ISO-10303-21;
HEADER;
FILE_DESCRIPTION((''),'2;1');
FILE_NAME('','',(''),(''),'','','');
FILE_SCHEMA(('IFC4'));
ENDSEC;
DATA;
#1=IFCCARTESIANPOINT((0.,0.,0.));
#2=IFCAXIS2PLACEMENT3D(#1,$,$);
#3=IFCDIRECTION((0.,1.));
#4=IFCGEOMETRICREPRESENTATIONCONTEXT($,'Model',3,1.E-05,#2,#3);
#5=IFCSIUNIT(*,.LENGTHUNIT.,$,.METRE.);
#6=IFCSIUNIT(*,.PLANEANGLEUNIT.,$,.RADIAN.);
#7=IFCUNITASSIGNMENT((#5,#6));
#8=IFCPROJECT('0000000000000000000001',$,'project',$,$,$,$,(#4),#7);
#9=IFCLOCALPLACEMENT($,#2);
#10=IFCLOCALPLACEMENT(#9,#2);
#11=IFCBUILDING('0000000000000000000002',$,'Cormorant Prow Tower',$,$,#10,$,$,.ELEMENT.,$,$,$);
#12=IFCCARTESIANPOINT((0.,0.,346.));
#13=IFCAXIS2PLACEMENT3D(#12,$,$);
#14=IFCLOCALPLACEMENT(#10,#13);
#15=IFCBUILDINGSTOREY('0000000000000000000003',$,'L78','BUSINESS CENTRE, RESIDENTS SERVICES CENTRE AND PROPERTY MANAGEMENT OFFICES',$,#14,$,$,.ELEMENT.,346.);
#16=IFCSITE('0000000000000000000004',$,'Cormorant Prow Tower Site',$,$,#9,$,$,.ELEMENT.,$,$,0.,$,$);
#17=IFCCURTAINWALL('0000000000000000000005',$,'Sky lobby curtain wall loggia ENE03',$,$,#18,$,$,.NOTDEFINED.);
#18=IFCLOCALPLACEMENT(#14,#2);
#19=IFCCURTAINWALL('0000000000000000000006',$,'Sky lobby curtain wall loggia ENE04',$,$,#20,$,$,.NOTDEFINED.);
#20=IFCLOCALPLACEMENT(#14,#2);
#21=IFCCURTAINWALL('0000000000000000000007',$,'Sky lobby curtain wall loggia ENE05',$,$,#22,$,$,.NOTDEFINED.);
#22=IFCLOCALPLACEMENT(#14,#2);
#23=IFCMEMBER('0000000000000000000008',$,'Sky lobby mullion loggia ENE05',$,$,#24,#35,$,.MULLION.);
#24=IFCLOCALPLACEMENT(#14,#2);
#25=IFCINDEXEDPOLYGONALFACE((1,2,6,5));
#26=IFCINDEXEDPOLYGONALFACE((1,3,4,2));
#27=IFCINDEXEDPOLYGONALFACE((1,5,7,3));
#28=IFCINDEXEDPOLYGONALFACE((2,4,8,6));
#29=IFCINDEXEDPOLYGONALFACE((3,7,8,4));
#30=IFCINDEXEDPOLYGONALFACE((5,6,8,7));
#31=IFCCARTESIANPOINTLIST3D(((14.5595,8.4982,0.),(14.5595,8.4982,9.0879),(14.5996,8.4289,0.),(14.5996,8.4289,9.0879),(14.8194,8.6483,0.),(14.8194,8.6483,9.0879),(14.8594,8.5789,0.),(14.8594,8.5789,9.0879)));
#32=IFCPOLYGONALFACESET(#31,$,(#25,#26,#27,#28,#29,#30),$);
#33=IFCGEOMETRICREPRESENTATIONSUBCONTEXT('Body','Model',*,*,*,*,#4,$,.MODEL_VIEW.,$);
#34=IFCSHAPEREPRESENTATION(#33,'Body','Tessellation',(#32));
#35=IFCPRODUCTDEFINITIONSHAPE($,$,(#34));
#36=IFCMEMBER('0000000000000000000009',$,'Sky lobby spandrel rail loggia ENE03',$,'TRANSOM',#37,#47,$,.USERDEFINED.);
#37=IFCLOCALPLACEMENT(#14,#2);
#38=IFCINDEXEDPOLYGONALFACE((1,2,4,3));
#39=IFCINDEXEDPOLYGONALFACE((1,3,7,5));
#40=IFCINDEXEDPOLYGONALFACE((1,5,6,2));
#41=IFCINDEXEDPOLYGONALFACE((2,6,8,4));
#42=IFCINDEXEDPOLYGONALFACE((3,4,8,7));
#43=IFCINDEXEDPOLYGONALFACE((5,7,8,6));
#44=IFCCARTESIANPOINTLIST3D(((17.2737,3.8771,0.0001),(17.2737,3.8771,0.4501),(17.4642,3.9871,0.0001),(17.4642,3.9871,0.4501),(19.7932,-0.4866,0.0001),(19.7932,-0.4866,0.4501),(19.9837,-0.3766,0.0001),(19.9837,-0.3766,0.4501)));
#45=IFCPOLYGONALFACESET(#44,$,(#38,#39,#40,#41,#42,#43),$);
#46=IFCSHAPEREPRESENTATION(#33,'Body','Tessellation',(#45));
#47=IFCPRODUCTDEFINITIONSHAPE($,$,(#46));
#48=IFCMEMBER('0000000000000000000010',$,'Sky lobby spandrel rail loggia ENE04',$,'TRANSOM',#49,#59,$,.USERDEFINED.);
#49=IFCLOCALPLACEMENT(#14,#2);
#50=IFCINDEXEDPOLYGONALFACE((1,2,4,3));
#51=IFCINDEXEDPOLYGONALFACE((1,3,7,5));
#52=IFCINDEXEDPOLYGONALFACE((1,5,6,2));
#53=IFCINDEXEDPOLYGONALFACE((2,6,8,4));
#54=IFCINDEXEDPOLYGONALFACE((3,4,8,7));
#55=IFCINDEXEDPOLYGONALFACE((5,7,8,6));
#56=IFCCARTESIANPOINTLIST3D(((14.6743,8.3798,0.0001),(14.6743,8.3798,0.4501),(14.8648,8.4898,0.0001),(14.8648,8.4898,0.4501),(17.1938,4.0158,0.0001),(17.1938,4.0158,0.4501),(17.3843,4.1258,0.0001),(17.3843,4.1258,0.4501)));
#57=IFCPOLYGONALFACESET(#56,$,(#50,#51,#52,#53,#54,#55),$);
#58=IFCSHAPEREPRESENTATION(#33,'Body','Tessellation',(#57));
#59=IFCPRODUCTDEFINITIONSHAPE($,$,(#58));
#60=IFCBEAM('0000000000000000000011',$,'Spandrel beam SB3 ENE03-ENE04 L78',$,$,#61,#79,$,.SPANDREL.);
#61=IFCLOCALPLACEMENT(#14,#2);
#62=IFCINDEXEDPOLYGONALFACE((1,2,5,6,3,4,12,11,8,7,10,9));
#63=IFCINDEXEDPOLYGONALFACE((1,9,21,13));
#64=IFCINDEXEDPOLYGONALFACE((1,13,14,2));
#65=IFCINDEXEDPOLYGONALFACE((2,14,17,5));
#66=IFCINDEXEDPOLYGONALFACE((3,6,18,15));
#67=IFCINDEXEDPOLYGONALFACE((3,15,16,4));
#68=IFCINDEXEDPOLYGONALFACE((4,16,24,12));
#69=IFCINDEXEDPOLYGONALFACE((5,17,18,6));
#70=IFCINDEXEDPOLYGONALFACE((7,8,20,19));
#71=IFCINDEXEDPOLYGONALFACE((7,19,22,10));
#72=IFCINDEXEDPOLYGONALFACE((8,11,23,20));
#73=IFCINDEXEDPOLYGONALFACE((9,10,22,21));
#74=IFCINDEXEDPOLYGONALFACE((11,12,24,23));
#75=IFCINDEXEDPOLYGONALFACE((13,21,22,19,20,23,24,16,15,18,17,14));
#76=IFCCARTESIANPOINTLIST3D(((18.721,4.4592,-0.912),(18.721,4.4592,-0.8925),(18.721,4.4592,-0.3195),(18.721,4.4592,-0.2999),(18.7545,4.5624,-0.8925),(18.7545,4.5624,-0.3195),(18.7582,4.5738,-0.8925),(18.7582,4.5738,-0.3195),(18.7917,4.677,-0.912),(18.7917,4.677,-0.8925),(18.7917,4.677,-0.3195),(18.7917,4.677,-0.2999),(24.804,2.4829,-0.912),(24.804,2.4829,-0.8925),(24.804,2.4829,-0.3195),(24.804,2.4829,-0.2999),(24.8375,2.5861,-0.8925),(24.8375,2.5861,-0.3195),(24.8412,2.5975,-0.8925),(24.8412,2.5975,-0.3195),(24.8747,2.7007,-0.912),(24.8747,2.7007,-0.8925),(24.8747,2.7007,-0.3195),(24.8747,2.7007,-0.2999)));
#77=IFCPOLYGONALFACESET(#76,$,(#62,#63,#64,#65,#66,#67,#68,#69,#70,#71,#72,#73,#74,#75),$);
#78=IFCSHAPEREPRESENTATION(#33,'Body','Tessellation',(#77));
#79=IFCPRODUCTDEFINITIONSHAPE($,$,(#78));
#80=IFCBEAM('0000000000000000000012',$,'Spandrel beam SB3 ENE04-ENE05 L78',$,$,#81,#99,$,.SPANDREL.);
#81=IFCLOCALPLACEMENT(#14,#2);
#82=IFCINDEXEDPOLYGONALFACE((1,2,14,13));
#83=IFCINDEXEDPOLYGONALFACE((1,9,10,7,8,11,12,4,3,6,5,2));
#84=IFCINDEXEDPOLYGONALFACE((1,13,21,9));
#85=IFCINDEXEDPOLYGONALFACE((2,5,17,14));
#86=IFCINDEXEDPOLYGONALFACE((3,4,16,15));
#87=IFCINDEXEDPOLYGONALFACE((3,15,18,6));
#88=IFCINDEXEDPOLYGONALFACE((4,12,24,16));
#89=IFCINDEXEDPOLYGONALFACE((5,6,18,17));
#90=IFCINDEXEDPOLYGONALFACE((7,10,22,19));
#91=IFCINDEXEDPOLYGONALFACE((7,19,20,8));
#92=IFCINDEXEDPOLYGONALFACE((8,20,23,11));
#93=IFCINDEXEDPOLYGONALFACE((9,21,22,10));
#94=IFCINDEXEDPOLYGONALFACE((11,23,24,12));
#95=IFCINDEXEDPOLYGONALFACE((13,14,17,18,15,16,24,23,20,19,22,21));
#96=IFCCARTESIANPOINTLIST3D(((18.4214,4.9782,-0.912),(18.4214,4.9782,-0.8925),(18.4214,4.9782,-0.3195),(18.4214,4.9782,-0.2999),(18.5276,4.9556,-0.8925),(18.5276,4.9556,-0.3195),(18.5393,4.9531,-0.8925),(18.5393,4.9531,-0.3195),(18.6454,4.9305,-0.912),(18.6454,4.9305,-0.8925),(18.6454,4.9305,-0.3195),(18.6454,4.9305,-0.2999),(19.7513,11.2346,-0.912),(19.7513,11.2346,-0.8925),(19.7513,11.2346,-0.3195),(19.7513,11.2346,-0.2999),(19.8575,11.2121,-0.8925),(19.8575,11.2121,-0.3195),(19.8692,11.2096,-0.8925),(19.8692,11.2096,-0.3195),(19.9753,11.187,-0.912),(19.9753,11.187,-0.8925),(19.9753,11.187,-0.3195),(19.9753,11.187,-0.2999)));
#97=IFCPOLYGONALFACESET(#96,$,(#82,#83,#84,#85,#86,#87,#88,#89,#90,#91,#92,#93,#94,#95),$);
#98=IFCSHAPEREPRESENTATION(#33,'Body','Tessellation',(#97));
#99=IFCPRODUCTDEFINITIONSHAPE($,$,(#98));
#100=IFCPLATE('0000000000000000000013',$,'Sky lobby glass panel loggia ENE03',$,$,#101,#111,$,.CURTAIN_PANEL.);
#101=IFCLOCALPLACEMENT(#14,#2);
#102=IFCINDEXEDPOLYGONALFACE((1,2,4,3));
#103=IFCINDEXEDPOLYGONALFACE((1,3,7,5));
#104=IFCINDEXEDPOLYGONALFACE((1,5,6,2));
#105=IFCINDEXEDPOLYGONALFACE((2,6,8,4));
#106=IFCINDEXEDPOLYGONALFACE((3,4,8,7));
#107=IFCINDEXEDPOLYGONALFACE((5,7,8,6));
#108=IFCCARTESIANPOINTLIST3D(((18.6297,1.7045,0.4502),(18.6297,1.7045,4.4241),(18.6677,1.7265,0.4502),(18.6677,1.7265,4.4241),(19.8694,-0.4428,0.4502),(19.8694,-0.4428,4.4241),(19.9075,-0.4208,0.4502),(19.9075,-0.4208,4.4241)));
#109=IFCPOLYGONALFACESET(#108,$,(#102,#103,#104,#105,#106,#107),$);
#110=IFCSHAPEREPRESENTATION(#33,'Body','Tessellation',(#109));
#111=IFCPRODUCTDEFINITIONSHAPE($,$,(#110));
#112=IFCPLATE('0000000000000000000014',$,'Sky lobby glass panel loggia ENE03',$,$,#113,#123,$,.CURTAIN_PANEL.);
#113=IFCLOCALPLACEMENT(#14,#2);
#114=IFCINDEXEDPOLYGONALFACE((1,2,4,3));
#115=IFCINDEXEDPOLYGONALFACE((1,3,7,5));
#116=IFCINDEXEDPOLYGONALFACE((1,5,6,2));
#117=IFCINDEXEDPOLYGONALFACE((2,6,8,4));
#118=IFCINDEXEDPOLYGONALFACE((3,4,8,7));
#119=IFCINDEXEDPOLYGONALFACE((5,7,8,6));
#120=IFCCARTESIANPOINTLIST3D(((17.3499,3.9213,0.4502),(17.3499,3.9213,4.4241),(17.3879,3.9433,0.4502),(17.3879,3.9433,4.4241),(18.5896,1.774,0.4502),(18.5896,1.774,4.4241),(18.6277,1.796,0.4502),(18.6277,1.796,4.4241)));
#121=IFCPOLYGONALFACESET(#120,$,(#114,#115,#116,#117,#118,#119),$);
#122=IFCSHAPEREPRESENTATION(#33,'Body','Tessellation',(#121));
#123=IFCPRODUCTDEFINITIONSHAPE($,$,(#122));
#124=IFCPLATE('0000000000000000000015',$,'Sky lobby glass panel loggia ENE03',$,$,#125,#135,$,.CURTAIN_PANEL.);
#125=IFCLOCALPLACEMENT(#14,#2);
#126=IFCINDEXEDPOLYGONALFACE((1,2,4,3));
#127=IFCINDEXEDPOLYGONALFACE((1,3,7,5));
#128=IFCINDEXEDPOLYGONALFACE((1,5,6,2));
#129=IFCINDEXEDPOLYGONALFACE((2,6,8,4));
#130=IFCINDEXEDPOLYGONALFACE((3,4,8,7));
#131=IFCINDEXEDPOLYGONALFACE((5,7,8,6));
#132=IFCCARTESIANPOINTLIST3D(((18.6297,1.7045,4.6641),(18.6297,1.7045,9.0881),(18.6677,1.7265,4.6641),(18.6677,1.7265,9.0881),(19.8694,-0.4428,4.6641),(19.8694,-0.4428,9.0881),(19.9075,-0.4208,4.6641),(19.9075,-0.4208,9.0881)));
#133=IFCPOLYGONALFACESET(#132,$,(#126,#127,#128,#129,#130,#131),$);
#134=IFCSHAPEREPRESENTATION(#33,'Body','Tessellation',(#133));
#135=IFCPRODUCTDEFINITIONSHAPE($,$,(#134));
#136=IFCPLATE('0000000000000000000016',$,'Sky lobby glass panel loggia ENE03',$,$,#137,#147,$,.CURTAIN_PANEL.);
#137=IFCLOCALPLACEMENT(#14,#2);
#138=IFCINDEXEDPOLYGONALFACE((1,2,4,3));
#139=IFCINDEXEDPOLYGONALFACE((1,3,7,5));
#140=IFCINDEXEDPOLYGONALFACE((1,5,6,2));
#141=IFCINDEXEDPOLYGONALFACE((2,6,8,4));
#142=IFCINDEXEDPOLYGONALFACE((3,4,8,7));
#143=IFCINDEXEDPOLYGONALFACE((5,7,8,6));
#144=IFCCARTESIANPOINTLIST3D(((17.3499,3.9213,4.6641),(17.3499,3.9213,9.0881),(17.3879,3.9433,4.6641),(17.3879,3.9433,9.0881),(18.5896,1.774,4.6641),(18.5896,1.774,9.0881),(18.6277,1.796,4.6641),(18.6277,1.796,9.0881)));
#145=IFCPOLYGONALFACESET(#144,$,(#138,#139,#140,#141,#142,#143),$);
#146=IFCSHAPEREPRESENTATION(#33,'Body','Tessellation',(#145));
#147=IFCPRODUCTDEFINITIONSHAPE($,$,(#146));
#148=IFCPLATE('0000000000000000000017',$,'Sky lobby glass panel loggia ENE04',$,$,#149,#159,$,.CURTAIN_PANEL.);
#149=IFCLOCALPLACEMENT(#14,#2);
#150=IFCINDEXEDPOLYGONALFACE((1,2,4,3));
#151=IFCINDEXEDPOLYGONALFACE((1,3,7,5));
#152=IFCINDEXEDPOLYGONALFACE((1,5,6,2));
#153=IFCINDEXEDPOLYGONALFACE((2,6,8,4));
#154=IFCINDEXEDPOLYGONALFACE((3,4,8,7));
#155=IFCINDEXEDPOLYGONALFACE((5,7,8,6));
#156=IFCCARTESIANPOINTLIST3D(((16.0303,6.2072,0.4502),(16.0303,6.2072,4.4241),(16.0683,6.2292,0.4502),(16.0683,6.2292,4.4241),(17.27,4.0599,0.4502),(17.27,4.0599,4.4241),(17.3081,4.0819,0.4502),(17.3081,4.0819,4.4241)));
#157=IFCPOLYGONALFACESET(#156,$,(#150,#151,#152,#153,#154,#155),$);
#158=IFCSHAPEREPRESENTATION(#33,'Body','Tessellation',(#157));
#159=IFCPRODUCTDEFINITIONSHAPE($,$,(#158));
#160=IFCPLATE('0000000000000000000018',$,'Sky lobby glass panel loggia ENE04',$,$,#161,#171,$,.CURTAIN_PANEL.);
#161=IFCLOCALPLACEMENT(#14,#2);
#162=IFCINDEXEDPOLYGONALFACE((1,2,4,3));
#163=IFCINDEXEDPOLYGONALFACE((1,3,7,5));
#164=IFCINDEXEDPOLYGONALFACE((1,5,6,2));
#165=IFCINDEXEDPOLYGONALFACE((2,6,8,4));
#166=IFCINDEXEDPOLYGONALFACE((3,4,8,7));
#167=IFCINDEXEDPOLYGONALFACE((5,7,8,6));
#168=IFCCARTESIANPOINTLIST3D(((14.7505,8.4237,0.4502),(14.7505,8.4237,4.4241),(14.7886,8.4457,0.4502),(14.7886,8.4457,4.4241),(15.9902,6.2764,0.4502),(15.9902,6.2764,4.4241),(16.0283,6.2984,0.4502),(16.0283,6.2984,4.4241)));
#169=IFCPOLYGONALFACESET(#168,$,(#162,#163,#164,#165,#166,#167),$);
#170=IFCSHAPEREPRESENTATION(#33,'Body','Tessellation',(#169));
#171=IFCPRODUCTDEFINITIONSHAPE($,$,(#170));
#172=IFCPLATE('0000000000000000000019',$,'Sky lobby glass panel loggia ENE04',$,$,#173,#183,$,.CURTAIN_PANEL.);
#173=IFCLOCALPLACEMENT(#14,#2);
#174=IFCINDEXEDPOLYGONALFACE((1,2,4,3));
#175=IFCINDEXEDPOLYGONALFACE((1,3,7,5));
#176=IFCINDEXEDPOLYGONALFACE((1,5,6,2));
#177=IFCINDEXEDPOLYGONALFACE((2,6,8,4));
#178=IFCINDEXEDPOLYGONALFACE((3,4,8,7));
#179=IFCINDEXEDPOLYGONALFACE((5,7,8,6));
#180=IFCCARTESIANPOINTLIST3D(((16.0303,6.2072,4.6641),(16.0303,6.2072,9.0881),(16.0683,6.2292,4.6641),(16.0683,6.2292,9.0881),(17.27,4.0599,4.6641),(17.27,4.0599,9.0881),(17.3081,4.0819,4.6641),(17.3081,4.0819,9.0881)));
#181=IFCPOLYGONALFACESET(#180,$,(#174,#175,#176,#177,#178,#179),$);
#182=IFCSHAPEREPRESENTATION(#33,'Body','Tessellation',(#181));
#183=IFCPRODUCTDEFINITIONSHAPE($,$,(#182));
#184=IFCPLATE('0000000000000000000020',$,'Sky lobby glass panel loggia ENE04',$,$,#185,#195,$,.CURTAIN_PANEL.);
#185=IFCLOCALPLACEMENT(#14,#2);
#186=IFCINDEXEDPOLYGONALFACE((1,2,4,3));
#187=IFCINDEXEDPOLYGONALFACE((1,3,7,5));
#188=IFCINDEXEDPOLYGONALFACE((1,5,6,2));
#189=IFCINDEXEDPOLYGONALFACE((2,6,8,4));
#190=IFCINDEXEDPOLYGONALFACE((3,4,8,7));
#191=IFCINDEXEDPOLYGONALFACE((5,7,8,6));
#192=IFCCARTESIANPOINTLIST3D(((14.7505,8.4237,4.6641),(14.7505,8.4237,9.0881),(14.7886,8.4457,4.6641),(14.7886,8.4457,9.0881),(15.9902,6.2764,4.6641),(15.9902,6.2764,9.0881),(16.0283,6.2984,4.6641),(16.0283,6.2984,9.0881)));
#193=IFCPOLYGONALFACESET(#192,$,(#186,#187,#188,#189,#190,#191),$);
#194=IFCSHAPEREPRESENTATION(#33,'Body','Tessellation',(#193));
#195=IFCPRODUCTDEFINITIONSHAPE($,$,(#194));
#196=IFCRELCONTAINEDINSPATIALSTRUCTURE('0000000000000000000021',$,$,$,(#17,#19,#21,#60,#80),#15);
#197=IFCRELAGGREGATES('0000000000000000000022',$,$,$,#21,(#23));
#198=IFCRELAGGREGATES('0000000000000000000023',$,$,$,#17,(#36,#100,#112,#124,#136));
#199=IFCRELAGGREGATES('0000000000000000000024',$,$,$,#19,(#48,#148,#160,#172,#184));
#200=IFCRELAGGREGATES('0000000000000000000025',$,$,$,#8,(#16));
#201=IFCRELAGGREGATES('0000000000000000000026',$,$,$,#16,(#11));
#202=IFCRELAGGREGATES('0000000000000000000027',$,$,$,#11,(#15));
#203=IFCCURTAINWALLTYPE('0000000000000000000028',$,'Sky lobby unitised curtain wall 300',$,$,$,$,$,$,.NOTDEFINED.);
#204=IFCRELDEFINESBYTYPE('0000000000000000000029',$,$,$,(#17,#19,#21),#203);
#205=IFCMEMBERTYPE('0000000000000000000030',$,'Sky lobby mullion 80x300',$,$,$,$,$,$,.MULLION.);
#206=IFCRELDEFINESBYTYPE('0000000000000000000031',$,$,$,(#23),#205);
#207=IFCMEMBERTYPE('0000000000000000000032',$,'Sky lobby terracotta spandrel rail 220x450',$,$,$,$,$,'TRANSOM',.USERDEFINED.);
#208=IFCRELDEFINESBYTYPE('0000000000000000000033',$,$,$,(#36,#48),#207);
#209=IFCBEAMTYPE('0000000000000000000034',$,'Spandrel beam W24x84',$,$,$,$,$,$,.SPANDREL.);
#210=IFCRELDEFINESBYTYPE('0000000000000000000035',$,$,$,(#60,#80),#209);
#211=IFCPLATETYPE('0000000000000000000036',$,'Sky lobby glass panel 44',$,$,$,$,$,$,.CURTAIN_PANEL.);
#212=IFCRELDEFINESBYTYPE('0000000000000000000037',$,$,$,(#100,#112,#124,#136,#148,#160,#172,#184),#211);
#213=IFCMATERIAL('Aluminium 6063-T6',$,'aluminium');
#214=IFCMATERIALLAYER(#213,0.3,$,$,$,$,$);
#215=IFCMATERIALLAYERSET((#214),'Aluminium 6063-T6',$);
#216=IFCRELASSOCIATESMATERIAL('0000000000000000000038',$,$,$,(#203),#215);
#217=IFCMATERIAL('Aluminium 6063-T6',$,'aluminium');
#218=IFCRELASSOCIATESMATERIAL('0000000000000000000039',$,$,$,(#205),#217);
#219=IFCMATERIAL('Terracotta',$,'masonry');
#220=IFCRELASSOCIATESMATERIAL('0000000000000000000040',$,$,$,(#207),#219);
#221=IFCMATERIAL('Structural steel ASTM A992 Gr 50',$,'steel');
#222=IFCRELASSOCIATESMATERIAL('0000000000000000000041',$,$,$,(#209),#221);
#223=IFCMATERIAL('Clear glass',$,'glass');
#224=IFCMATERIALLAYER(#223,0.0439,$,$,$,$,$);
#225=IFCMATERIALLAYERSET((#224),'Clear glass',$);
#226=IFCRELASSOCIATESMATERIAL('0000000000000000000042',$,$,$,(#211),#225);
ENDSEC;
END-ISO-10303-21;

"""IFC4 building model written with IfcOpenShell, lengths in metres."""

from ifc_helpers import new_model, si_unit, direction, frame, origin, origin_2d, place, context, subcontext, project, spatial, rectangle, i_section, extrude, material, layer, layer_set, material_profile, profile_set, type_object, element, aggregate, save


model = new_model("IFC4")

# Units and contexts
model_context = context("Model", 3, precision=1e-05, world=origin(), true_north=direction((0.0, 1.0)))
body_context = subcontext(model_context, "Body", "Model", "MODEL_VIEW")
ifc_project = project(units=[si_unit("LENGTHUNIT", "METRE"), si_unit("PLANEANGLEUNIT", "RADIAN")], contexts=[model_context])

# Site, building, storey
site_placement = place(None, origin())
site = spatial("IfcSite", under=ifc_project, at=site_placement, Name="Cormorant Prow Tower Site", CompositionType="ELEMENT", RefElevation=0.0)
building_placement = place(site_placement, origin())
building = spatial("IfcBuilding", under=site, at=building_placement, Name="Cormorant Prow Tower", CompositionType="ELEMENT")
storey_placement = place(building_placement, frame((0.0, 0.0, 346.0)))
storey = spatial("IfcBuildingStorey", under=building, at=storey_placement, Name="L78", Description="BUSINESS CENTRE, RESIDENTS SERVICES CENTRE AND PROPERTY MANAGEMENT OFFICES", CompositionType="ELEMENT", Elevation=346.0)

# Curtain walls
ifc_material_1 = material(Name="Aluminium 6063-T6", Category="aluminium")
ifc_layer_1 = layer(ifc_material_1, 0.3)
ifc_layer_set_1 = layer_set([ifc_layer_1], Name="Aluminium 6063-T6")
curtain_wall_type = type_object("IfcCurtainWallType", Name="Sky lobby unitised curtain wall 300", PredefinedType="NOTDEFINED", material=ifc_layer_set_1)
curtain_wall_1_placement = place(storey_placement, origin())
curtain_wall_1 = element("IfcCurtainWall", 1, at=curtain_wall_1_placement, inside=storey, type_object=curtain_wall_type, Name="Sky lobby curtain wall loggia ENE03", PredefinedType="NOTDEFINED")
curtain_wall_2_placement = place(storey_placement, origin())
curtain_wall_2 = element("IfcCurtainWall", 2, at=curtain_wall_2_placement, inside=storey, type_object=curtain_wall_type, Name="Sky lobby curtain wall loggia ENE04", PredefinedType="NOTDEFINED")

# Curtain wall
curtain_wall_3_placement = place(storey_placement, origin())
curtain_wall_3 = element("IfcCurtainWall", 3, at=curtain_wall_3_placement, inside=storey, type_object=curtain_wall_type, Name="Sky lobby curtain wall loggia ENE05", PredefinedType="NOTDEFINED")

# Members
ifc_material_2 = material(Name="Aluminium 6063-T6", Category="aluminium")
ifc_material_profile_1 = material_profile(ifc_material_2, rectangle(XDim=0.3, YDim=0.0801, at=origin_2d()), Name="Sky lobby mullion 80x300")
ifc_profile_set_1 = profile_set([ifc_material_profile_1], Name="Aluminium 6063-T6")
member_type_1 = type_object("IfcMemberType", Name="Sky lobby mullion 80x300", PredefinedType="MULLION", material=ifc_profile_set_1)
member_1_placement = place(storey_placement, frame((14.7095, 8.5386, 0.0), z_axis=(0.0, 0.0, 1.0), x_axis=(-0.866025, -0.5, 0.0)))
member_1 = element("IfcMember", 4, at=member_1_placement, type_object=member_type_1, Name="Sky lobby mullion loggia ENE05", PredefinedType="MULLION", context=body_context, shape_type="SweptSolid", body=[
    extrude(rectangle(XDim=0.3, YDim=0.0801, at=origin_2d()), origin(), (0.0, 0.0, 1.0), 9.0879),
])
aggregate(curtain_wall_3, [member_1])
ifc_material_3 = material(Name="Terracotta", Category="masonry")
ifc_material_profile_2 = material_profile(ifc_material_3, rectangle(XDim=0.22, YDim=0.45, at=origin_2d()), Name="Sky lobby terracotta spandrel rail 220x450")
ifc_profile_set_2 = profile_set([ifc_material_profile_2], Name="Terracotta")
member_type_2 = type_object("IfcMemberType", Name="Sky lobby terracotta spandrel rail 220x450", ElementType="TRANSOM", PredefinedType="USERDEFINED", material=ifc_profile_set_2)
member_2_placement = place(storey_placement, frame((19.8884, -0.4316, 0.2251), z_axis=(-0.500016, 0.866016, 0.0), x_axis=(-0.866016, -0.500016, 0.0)))
member_2 = element("IfcMember", 5, at=member_2_placement, type_object=member_type_2, Name="Sky lobby spandrel rail loggia ENE03", ObjectType="TRANSOM", PredefinedType="USERDEFINED", context=body_context, shape_type="SweptSolid", body=[
    extrude(rectangle(XDim=0.22, YDim=0.45, at=origin_2d()), origin(), (0.0, 0.0, 1.0), 5.0388),
])
member_3_placement = place(storey_placement, frame((17.2891, 4.0708, 0.2251), z_axis=(-0.499995, 0.866028, 0.0), x_axis=(-0.866028, -0.499995, 0.0)))
member_3 = element("IfcMember", 6, at=member_3_placement, type_object=member_type_2, Name="Sky lobby spandrel rail loggia ENE04", ObjectType="TRANSOM", PredefinedType="USERDEFINED", context=body_context, shape_type="SweptSolid", body=[
    extrude(rectangle(XDim=0.22, YDim=0.45, at=origin_2d()), origin(), (0.0, 0.0, 1.0), 5.0391),
])

# Beams
ifc_material_4 = material(Name="Structural steel ASTM A992 Gr 50", Category="steel")
ifc_material_profile_3 = material_profile(ifc_material_4, i_section(OverallWidth=0.229, OverallDepth=0.6121, WebThickness=0.012, FlangeThickness=0.0195, at=origin_2d()), Name="W24x84")
ifc_profile_set_3 = profile_set([ifc_material_profile_3], Name="Structural steel ASTM A992 Gr 50")
beam_type = type_object("IfcBeamType", Name="Spandrel beam W24x84", PredefinedType="SPANDREL", material=ifc_profile_set_3)
beam_1_placement = place(storey_placement, frame((24.8394, 2.5918, -0.606), z_axis=(-0.951064, 0.308993, 0.0), x_axis=(-0.308993, -0.951064, 0.0)))
element("IfcBeam", 7, at=beam_1_placement, inside=storey, type_object=beam_type, Name="Spandrel beam SB3 ENE03-ENE04 L78", PredefinedType="SPANDREL", context=body_context, shape_type="SweptSolid", body=[
    extrude(i_section(OverallWidth=0.229, OverallDepth=0.6121, WebThickness=0.012, FlangeThickness=0.0195, at=origin_2d()), origin(), (0.0, 0.0, 1.0), 6.396),
])
beam_2_placement = place(storey_placement, frame((18.5334, 4.9543, -0.606), z_axis=(0.207913, 0.978147, 0.0), x_axis=(-0.978147, 0.207913, 0.0)))
element("IfcBeam", 8, at=beam_2_placement, inside=storey, type_object=beam_type, Name="Spandrel beam SB3 ENE04-ENE05 L78", PredefinedType="SPANDREL", context=body_context, shape_type="SweptSolid", body=[
    extrude(i_section(OverallWidth=0.229, OverallDepth=0.6121, WebThickness=0.012, FlangeThickness=0.0195, at=origin_2d()), origin(), (0.0, 0.0, 1.0), 6.3962),
])

# Plates
ifc_material_5 = material(Name="Clear glass", Category="glass")
ifc_layer_2 = layer(ifc_material_5, 0.0439)
ifc_layer_set_2 = layer_set([ifc_layer_2], Name="Clear glass")
plate_type = type_object("IfcPlateType", Name="Sky lobby glass panel 44", PredefinedType="CURTAIN_PANEL", material=ifc_layer_set_2)
plate_1_placement = place(storey_placement, frame((19.2686, 0.6418, 0.4502), z_axis=(0.0, 0.0, 1.0), x_axis=(-0.5, 0.866025, 0.0)))
plate_1 = element("IfcPlate", 9, at=plate_1_placement, type_object=plate_type, Name="Sky lobby glass panel loggia ENE03", PredefinedType="CURTAIN_PANEL", context=body_context, shape_type="SweptSolid", body=[
    extrude(rectangle(XDim=2.4795, YDim=0.0439, at=origin_2d()), origin(), (0.0, 0.0, 1.0), 3.9739),
])
plate_2_placement = place(storey_placement, frame((17.9888, 2.8586, 0.4502), z_axis=(0.0, 0.0, 1.0), x_axis=(-0.5, 0.866025, 0.0)))
plate_2 = element("IfcPlate", 10, at=plate_2_placement, type_object=plate_type, Name="Sky lobby glass panel loggia ENE03", PredefinedType="CURTAIN_PANEL", context=body_context, shape_type="SweptSolid", body=[
    extrude(rectangle(XDim=2.4795, YDim=0.0439, at=origin_2d()), origin(), (0.0, 0.0, 1.0), 3.9739),
])
plate_3_placement = place(storey_placement, frame((19.2686, 0.6418, 4.6641), z_axis=(0.0, 0.0, 1.0), x_axis=(-0.5, 0.866025, 0.0)))
plate_3 = element("IfcPlate", 11, at=plate_3_placement, type_object=plate_type, Name="Sky lobby glass panel loggia ENE03", PredefinedType="CURTAIN_PANEL", context=body_context, shape_type="SweptSolid", body=[
    extrude(rectangle(XDim=2.4795, YDim=0.0439, at=origin_2d()), origin(), (0.0, 0.0, 1.0), 4.4241),
])
plate_4_placement = place(storey_placement, frame((17.9888, 2.8586, 4.6641), z_axis=(0.0, 0.0, 1.0), x_axis=(-0.5, 0.866025, 0.0)))
plate_4 = element("IfcPlate", 12, at=plate_4_placement, type_object=plate_type, Name="Sky lobby glass panel loggia ENE03", PredefinedType="CURTAIN_PANEL", context=body_context, shape_type="SweptSolid", body=[
    extrude(rectangle(XDim=2.4795, YDim=0.0439, at=origin_2d()), origin(), (0.0, 0.0, 1.0), 4.4241),
])
aggregate(curtain_wall_1, [member_2, plate_1, plate_2, plate_3, plate_4])
plate_5_placement = place(storey_placement, frame((16.6692, 5.1445, 0.4502), z_axis=(0.0, 0.0, 1.0), x_axis=(-0.5, 0.866025, 0.0)))
plate_5 = element("IfcPlate", 13, at=plate_5_placement, type_object=plate_type, Name="Sky lobby glass panel loggia ENE04", PredefinedType="CURTAIN_PANEL", context=body_context, shape_type="SweptSolid", body=[
    extrude(rectangle(XDim=2.4795, YDim=0.0439, at=origin_2d()), origin(), (0.0, 0.0, 1.0), 3.9739),
])
plate_6_placement = place(storey_placement, frame((15.3894, 7.3611, 0.4502), z_axis=(0.0, 0.0, 1.0), x_axis=(-0.5, 0.866025, 0.0)))
plate_6 = element("IfcPlate", 14, at=plate_6_placement, type_object=plate_type, Name="Sky lobby glass panel loggia ENE04", PredefinedType="CURTAIN_PANEL", context=body_context, shape_type="SweptSolid", body=[
    extrude(rectangle(XDim=2.4795, YDim=0.0439, at=origin_2d()), origin(), (0.0, 0.0, 1.0), 3.9739),
])
plate_7_placement = place(storey_placement, frame((16.6692, 5.1445, 4.6641), z_axis=(0.0, 0.0, 1.0), x_axis=(-0.5, 0.866025, 0.0)))
plate_7 = element("IfcPlate", 15, at=plate_7_placement, type_object=plate_type, Name="Sky lobby glass panel loggia ENE04", PredefinedType="CURTAIN_PANEL", context=body_context, shape_type="SweptSolid", body=[
    extrude(rectangle(XDim=2.4795, YDim=0.0439, at=origin_2d()), origin(), (0.0, 0.0, 1.0), 4.4241),
])
plate_8_placement = place(storey_placement, frame((15.3894, 7.3611, 4.6641), z_axis=(0.0, 0.0, 1.0), x_axis=(-0.5, 0.866025, 0.0)))
plate_8 = element("IfcPlate", 16, at=plate_8_placement, type_object=plate_type, Name="Sky lobby glass panel loggia ENE04", PredefinedType="CURTAIN_PANEL", context=body_context, shape_type="SweptSolid", body=[
    extrude(rectangle(XDim=2.4795, YDim=0.0439, at=origin_2d()), origin(), (0.0, 0.0, 1.0), 4.4241),
])
aggregate(curtain_wall_2, [member_3, plate_5, plate_6, plate_7, plate_8])

save(model, "model.ifc")
